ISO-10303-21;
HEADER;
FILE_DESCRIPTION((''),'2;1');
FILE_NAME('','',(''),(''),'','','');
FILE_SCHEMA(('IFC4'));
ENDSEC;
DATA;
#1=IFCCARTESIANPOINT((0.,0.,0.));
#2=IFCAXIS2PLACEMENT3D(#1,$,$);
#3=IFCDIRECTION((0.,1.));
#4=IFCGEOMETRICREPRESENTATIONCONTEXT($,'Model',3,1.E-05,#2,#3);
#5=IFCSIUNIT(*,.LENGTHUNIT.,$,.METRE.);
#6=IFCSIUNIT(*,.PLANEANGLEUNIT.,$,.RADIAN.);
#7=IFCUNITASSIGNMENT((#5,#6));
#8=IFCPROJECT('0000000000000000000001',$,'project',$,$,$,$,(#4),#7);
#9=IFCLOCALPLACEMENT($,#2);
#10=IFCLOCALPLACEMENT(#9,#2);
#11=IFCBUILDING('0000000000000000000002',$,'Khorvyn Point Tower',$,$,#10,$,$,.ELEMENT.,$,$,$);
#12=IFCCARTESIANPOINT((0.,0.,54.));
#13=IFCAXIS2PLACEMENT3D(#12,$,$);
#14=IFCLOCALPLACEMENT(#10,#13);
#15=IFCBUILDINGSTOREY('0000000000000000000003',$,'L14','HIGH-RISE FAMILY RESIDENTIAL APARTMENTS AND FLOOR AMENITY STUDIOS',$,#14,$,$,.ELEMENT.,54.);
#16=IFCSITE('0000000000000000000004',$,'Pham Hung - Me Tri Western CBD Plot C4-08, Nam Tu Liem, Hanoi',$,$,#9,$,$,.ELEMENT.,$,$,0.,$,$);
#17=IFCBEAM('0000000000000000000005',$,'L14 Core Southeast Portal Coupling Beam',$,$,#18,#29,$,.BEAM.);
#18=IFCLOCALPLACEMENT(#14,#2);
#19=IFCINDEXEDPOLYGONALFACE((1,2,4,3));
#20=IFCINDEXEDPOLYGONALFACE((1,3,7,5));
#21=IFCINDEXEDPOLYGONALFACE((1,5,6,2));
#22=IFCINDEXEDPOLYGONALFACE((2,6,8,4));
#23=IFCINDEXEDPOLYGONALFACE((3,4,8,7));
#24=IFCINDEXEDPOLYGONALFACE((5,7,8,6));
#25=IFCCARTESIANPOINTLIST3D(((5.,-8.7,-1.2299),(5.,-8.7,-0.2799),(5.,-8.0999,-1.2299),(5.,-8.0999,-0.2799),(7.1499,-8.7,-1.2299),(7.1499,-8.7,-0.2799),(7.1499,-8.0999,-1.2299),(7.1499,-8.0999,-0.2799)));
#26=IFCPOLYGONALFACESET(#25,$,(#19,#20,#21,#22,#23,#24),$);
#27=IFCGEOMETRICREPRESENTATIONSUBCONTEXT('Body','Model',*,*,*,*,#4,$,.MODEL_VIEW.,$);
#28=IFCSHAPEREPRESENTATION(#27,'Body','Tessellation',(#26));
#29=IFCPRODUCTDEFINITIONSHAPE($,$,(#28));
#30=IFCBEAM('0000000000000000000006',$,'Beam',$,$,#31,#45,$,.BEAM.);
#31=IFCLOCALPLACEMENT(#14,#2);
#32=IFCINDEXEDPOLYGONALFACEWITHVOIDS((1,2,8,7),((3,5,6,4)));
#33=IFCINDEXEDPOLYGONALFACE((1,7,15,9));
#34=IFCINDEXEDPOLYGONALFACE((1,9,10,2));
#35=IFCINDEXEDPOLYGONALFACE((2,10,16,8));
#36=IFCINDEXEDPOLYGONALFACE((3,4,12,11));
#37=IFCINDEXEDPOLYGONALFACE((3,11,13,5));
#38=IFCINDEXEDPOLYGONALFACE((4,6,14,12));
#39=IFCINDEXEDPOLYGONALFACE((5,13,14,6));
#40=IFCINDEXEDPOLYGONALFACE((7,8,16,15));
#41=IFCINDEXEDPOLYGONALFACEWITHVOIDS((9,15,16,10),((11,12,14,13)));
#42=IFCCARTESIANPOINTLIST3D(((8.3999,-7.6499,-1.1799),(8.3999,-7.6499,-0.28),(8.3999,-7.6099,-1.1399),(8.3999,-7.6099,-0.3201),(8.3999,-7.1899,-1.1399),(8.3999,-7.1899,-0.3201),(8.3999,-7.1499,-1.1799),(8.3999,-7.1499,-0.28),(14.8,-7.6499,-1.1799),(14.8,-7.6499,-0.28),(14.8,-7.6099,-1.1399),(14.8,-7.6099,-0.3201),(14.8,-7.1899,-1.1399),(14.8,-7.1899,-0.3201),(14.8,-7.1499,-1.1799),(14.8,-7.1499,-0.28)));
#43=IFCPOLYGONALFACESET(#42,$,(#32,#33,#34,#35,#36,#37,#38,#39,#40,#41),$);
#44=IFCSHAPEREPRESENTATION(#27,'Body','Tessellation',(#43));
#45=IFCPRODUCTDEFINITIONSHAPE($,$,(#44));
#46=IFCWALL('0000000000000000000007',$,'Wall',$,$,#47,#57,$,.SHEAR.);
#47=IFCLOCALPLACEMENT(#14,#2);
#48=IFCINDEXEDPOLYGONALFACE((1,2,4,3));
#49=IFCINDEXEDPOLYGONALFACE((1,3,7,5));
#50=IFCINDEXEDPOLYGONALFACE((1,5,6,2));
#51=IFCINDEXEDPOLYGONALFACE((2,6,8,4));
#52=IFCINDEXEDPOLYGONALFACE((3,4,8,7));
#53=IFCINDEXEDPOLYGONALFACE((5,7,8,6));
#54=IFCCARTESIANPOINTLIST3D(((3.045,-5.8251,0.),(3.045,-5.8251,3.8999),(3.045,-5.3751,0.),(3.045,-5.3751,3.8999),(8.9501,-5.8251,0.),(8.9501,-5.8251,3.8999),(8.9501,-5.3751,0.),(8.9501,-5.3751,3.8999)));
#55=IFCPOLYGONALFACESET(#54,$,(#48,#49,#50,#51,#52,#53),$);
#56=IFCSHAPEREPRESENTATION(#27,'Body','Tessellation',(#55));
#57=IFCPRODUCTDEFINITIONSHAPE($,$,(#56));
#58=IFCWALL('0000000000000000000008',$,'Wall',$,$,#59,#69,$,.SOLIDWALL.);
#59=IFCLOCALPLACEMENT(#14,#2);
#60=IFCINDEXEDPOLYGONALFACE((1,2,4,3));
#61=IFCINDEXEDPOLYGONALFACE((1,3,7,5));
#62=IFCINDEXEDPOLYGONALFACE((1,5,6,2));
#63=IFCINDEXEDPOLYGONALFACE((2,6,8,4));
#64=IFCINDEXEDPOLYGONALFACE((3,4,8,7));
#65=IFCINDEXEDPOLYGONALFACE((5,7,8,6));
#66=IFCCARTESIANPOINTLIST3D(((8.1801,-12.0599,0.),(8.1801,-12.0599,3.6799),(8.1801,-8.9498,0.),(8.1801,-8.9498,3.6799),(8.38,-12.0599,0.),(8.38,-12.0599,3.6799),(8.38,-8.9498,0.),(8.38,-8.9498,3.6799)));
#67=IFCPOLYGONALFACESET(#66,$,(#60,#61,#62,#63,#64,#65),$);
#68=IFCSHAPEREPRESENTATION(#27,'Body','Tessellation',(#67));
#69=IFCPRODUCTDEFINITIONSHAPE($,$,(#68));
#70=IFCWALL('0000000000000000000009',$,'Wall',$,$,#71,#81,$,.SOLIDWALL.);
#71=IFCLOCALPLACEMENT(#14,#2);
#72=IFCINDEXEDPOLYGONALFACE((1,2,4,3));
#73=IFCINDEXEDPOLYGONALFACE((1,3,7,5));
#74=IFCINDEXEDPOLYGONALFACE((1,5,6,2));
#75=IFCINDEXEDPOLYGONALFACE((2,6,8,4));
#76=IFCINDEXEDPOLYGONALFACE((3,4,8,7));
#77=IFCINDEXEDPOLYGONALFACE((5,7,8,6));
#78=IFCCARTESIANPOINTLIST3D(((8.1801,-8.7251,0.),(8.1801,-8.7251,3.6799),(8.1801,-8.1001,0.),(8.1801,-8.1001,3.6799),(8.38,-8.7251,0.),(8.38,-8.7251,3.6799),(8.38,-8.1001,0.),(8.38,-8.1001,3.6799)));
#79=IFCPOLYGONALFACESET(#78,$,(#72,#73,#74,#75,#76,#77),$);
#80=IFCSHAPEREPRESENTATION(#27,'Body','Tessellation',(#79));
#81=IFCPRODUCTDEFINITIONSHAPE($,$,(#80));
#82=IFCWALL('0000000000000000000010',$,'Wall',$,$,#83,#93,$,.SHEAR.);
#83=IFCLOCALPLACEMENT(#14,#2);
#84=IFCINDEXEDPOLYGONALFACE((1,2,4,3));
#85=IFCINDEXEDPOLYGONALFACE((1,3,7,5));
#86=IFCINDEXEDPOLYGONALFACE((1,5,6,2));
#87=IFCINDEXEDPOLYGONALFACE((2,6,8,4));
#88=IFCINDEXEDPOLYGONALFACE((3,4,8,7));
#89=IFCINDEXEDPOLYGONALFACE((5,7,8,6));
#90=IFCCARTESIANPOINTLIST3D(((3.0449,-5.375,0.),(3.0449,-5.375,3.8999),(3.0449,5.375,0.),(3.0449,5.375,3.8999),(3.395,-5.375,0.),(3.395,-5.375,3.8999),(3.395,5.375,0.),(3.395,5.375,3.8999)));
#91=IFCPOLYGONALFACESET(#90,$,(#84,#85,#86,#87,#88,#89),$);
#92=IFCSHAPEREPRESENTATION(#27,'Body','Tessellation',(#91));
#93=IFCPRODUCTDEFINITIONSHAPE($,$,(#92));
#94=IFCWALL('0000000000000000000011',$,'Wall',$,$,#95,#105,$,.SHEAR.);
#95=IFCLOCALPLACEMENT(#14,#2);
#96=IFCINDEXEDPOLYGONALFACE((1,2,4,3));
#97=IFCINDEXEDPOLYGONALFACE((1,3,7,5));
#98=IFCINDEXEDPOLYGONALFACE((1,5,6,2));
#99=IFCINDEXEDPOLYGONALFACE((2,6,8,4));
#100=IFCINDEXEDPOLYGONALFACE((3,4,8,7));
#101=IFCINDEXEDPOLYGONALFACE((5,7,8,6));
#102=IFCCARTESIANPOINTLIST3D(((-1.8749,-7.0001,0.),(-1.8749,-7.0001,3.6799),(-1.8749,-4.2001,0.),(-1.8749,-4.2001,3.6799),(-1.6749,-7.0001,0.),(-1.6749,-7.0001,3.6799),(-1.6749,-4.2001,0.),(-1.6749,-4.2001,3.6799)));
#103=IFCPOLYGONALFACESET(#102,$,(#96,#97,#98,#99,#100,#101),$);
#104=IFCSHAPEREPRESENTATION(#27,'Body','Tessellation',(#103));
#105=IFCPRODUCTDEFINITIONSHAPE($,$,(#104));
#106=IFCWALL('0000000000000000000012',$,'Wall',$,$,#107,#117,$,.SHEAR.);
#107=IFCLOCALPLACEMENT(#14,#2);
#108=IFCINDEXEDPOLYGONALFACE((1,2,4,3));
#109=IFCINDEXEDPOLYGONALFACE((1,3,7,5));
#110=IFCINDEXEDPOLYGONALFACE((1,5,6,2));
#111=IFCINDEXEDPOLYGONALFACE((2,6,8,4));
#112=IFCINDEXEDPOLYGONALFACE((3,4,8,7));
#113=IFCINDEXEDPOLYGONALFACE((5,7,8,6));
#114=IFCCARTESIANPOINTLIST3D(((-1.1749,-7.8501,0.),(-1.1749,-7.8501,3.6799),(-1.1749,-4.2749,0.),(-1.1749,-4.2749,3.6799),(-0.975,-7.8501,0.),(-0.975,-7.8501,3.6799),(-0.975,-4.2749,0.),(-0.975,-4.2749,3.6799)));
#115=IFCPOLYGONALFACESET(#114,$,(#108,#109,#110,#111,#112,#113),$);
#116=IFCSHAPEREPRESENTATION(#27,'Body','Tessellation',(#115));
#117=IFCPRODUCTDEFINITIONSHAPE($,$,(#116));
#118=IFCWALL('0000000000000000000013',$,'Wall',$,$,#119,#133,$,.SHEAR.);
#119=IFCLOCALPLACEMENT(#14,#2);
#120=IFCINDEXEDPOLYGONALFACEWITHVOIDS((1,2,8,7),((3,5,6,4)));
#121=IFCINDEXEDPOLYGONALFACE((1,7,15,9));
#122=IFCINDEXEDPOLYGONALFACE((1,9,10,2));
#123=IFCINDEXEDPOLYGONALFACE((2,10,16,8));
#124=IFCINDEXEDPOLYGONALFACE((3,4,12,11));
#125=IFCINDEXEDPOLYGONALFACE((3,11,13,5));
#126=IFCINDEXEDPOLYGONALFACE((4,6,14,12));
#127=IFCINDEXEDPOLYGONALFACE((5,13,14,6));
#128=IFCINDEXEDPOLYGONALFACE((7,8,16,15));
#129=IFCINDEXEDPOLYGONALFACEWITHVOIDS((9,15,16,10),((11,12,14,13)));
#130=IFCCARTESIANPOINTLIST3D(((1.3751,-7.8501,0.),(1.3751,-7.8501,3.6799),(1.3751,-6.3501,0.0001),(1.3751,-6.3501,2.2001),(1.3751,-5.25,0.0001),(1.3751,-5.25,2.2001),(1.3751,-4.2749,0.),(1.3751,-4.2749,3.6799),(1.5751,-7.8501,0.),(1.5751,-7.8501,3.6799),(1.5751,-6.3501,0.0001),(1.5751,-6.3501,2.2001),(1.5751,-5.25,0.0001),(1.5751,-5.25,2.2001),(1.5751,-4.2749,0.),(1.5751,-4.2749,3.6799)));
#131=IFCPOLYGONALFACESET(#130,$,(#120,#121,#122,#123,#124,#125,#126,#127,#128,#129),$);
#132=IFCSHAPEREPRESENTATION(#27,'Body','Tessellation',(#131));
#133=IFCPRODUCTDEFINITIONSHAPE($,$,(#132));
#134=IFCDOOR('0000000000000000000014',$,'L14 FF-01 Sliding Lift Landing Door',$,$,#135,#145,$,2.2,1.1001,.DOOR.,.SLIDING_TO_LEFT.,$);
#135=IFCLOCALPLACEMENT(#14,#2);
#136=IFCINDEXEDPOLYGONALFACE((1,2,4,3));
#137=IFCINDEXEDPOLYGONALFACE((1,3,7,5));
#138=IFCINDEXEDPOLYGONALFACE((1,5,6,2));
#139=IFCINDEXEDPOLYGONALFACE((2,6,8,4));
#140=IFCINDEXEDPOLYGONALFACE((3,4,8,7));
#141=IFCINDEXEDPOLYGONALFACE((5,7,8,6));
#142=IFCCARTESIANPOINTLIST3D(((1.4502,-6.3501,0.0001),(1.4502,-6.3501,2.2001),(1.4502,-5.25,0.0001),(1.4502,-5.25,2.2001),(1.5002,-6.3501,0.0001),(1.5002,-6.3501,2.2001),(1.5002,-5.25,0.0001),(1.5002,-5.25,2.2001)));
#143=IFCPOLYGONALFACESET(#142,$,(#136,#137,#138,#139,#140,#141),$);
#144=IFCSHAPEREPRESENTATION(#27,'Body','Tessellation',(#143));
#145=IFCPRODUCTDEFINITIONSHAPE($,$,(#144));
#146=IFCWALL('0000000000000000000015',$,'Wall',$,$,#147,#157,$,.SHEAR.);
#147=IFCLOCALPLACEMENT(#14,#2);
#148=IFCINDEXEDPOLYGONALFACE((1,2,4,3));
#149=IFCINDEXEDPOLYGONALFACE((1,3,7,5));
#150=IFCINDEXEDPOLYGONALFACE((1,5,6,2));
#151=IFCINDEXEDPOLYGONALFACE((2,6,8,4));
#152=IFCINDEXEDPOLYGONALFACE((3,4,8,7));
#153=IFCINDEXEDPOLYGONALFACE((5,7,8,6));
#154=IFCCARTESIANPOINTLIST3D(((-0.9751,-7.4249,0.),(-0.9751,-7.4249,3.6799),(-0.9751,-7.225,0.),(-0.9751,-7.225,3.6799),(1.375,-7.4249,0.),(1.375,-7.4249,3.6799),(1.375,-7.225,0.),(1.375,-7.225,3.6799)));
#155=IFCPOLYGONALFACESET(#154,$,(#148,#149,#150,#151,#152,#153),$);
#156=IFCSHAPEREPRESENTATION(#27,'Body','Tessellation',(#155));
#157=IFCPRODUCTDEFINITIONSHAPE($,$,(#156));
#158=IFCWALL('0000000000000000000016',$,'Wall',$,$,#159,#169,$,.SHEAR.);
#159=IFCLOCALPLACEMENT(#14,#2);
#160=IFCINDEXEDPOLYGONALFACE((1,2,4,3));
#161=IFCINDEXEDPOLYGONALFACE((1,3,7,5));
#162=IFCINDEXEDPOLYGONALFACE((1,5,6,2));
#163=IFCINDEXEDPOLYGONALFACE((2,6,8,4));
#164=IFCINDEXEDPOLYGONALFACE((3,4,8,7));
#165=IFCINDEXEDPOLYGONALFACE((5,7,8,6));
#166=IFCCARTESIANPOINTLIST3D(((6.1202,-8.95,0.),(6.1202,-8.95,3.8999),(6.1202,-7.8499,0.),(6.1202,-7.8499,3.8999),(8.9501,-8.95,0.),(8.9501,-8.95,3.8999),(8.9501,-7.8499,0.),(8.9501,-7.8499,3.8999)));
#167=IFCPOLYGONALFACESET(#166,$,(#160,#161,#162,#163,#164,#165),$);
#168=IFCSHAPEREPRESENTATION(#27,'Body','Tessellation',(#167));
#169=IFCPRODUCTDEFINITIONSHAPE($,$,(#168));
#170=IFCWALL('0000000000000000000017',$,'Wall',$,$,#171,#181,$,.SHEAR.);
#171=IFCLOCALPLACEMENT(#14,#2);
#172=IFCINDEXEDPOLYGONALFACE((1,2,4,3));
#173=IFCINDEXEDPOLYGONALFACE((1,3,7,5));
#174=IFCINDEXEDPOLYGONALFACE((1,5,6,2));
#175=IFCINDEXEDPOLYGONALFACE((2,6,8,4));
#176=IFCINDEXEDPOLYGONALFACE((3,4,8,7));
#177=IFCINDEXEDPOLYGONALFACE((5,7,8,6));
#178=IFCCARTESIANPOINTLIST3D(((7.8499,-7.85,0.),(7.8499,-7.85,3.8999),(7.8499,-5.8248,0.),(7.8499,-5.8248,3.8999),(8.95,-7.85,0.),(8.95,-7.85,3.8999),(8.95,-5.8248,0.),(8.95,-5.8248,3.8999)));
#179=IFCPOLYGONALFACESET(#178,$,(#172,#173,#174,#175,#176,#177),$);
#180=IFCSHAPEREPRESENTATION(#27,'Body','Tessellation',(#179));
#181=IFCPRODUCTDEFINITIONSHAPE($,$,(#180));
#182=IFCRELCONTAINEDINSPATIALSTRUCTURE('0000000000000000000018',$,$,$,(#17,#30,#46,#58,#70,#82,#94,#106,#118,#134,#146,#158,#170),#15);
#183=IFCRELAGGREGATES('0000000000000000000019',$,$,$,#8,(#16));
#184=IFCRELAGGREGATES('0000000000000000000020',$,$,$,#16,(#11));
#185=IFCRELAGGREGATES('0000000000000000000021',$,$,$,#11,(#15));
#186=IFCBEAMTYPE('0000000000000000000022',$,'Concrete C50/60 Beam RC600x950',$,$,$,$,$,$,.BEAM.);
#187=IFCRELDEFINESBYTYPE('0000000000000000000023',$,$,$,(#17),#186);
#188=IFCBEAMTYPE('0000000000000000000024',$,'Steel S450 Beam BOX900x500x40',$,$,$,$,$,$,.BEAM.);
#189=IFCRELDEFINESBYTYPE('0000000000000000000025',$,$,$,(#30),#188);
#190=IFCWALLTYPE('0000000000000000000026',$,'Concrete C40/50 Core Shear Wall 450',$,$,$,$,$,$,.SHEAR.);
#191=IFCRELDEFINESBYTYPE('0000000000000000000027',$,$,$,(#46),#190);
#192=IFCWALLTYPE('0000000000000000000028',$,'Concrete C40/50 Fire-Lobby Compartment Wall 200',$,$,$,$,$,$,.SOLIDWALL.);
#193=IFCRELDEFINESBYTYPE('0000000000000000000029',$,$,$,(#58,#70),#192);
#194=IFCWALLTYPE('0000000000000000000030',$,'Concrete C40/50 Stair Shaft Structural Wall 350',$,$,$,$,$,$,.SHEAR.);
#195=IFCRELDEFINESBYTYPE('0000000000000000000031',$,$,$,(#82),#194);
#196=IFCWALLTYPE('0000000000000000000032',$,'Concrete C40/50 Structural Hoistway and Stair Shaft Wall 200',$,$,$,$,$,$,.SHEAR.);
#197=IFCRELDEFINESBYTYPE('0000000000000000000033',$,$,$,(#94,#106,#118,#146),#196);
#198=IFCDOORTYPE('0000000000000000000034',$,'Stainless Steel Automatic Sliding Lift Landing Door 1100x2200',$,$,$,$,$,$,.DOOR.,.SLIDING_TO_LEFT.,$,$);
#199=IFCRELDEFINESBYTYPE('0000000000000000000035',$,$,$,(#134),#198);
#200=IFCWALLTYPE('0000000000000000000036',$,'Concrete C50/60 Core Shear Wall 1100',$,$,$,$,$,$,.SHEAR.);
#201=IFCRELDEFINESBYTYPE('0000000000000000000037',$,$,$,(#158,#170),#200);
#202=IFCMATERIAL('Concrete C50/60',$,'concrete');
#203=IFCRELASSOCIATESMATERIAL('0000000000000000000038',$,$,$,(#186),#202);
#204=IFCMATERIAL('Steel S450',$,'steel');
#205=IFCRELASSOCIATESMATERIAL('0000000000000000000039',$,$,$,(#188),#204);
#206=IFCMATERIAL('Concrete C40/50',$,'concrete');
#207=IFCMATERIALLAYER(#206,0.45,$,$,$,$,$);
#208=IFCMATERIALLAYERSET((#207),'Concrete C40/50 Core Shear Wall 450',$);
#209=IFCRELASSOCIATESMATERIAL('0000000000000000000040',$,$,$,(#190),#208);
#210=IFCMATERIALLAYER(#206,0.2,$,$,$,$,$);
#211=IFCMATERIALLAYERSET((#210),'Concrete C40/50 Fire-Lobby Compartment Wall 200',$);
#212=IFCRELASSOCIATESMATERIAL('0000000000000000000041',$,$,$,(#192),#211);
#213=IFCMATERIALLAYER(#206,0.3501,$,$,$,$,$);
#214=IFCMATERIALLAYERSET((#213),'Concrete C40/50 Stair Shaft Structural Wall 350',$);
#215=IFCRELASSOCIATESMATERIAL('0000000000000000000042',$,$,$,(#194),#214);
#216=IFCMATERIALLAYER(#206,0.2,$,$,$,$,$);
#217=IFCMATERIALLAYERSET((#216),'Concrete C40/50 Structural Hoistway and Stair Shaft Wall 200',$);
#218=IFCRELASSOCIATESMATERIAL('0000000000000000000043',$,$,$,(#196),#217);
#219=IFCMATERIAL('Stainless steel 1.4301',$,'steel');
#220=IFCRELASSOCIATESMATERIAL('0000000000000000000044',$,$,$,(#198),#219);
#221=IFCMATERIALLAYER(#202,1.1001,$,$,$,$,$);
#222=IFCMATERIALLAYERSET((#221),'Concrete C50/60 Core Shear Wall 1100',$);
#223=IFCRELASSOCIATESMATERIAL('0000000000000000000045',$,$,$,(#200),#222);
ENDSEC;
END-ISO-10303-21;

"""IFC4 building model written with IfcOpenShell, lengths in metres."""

from ifc_helpers import new_model, si_unit, direction, frame, frame_2d, origin, origin_2d, place, context, subcontext, project, spatial, rectangle, hollow_rectangle, extrude, material, layer, layer_set, material_profile, profile_set, type_object, element, fill, save


model = new_model("IFC4")

# Units and contexts
model_context = context("Model", 3, precision=1e-05, world=origin(), true_north=direction((0.0, 1.0)))
body_context = subcontext(model_context, "Body", "Model", "MODEL_VIEW")
ifc_project = project(units=[si_unit("LENGTHUNIT", "METRE"), si_unit("PLANEANGLEUNIT", "RADIAN")], contexts=[model_context])

# Site, building, storey
site_placement = place(None, origin())
site = spatial("IfcSite", under=ifc_project, at=site_placement, Name="Pham Hung - Me Tri Western CBD Plot C4-08, Nam Tu Liem, Hanoi", CompositionType="ELEMENT", RefElevation=0.0)
building_placement = place(site_placement, origin())
building = spatial("IfcBuilding", under=site, at=building_placement, Name="Khorvyn Point Tower", CompositionType="ELEMENT")
storey_placement = place(building_placement, frame((0.0, 0.0, 54.0)))
storey = spatial("IfcBuildingStorey", under=building, at=storey_placement, Name="L14", Description="HIGH-RISE FAMILY RESIDENTIAL APARTMENTS AND FLOOR AMENITY STUDIOS", CompositionType="ELEMENT", Elevation=54.0)

# Beams
ifc_material_1 = material(Name="Concrete C50/60", Category="concrete")
ifc_material_profile_1 = material_profile(ifc_material_1, rectangle(XDim=0.6001, YDim=0.95, at=origin_2d()))
ifc_profile_set_1 = profile_set([ifc_material_profile_1], Name="Concrete C50/60 RC600x950")
beam_type_1 = type_object("IfcBeamType", Name="Concrete C50/60 Beam RC600x950", PredefinedType="BEAM", material=ifc_profile_set_1)
beam_1_placement = place(storey_placement, frame((5.0, -8.3999, -0.7549), z_axis=(1.0, 0.0, 0.0), x_axis=(0.0, 1.0, 0.0)))
element("IfcBeam", 1, at=beam_1_placement, inside=storey, type_object=beam_type_1, Name="L14 Core Southeast Portal Coupling Beam", PredefinedType="BEAM", context=body_context, shape_type="SweptSolid", body=[
    extrude(rectangle(XDim=0.6001, YDim=0.95, at=origin_2d()), origin(), (0.0, 0.0, 1.0), 2.1499),
])
ifc_material_2 = material(Name="Steel S450", Category="steel")
ifc_material_profile_2 = material_profile(ifc_material_2, hollow_rectangle(XDim=0.5, YDim=0.8999, WallThickness=0.04, at=origin_2d()))
ifc_profile_set_2 = profile_set([ifc_material_profile_2], Name="Steel S450 BOX900x500x40")
beam_type_2 = type_object("IfcBeamType", Name="Steel S450 Beam BOX900x500x40", PredefinedType="BEAM", material=ifc_profile_set_2)
beam_2_placement = place(storey_placement, frame((8.3999, -7.3999, -0.73), z_axis=(1.0, 0.0, 0.0), x_axis=(0.0, 1.0, 0.0)))
element("IfcBeam", 2, at=beam_2_placement, inside=storey, type_object=beam_type_2, Name="Beam", PredefinedType="BEAM", context=body_context, shape_type="SweptSolid", body=[
    extrude(hollow_rectangle(XDim=0.5, YDim=0.8999, WallThickness=0.04, at=origin_2d()), origin(), (0.0, 0.0, 1.0), 6.4001),
])

# Wall
ifc_material_3 = material(Name="Concrete C40/50", Category="concrete")
ifc_layer_1 = layer(ifc_material_3, 0.45)
ifc_layer_set_1 = layer_set([ifc_layer_1], Name="Concrete C40/50 Core Shear Wall 450")
wall_type_1 = type_object("IfcWallType", Name="Concrete C40/50 Core Shear Wall 450", PredefinedType="SHEAR", material=ifc_layer_set_1)
wall_1_placement = place(storey_placement, frame((3.0449, -5.6001, 0.0), z_axis=(0.0, 0.0, 1.0), x_axis=(1.0, 0.0, 0.0)))
element("IfcWall", 3, at=wall_1_placement, inside=storey, type_object=wall_type_1, Name="Wall", PredefinedType="SHEAR", context=body_context, shape_type="SweptSolid", body=[
    extrude(rectangle(XDim=5.905, YDim=0.45, at=frame_2d((2.9526, 0.0))), origin(), (0.0, 0.0, 1.0), 3.8999),
])

# Shared definitions
ifc_layer_2 = layer(ifc_material_3, 0.2)
ifc_layer_set_2 = layer_set([ifc_layer_2], Name="Concrete C40/50 Fire-Lobby Compartment Wall 200")
wall_type_2 = type_object("IfcWallType", Name="Concrete C40/50 Fire-Lobby Compartment Wall 200", PredefinedType="SOLIDWALL", material=ifc_layer_set_2)

# Walls
wall_2_placement = place(storey_placement, frame((8.28, -12.0601, 0.0), z_axis=(0.0, 0.0, 1.0), x_axis=(0.0, 1.0, 0.0)))
element("IfcWall", 4, at=wall_2_placement, inside=storey, type_object=wall_type_2, Name="Wall", PredefinedType="SOLIDWALL", context=body_context, shape_type="SweptSolid", body=[
    extrude(rectangle(XDim=3.1101, YDim=0.2, at=frame_2d((1.5552, 0.0))), origin(), (0.0, 0.0, 1.0), 3.6799),
])
wall_3_placement = place(storey_placement, frame((8.28, -8.7251, 0.0), z_axis=(0.0, 0.0, 1.0), x_axis=(0.0, 1.0, 0.0)))
element("IfcWall", 5, at=wall_3_placement, inside=storey, type_object=wall_type_2, Name="Wall", PredefinedType="SOLIDWALL", context=body_context, shape_type="SweptSolid", body=[
    extrude(rectangle(XDim=0.625, YDim=0.2, at=frame_2d((0.3125, 0.0))), origin(), (0.0, 0.0, 1.0), 3.6799),
])
ifc_layer_3 = layer(ifc_material_3, 0.3501)
ifc_layer_set_3 = layer_set([ifc_layer_3], Name="Concrete C40/50 Stair Shaft Structural Wall 350")
wall_type_3 = type_object("IfcWallType", Name="Concrete C40/50 Stair Shaft Structural Wall 350", PredefinedType="SHEAR", material=ifc_layer_set_3)
wall_4_placement = place(storey_placement, frame((3.22, -5.375, 0.0), z_axis=(0.0, 0.0, 1.0), x_axis=(0.0, 1.0, 0.0)))
element("IfcWall", 6, at=wall_4_placement, inside=storey, type_object=wall_type_3, Name="Wall", PredefinedType="SHEAR", context=body_context, shape_type="SweptSolid", body=[
    extrude(rectangle(XDim=10.75, YDim=0.3501, at=frame_2d((5.375, 0.0))), origin(), (0.0, 0.0, 1.0), 3.8999),
])

# Walls
ifc_layer_4 = layer(ifc_material_3, 0.2)
ifc_layer_set_4 = layer_set([ifc_layer_4], Name="Concrete C40/50 Structural Hoistway and Stair Shaft Wall 200")
wall_type_4 = type_object("IfcWallType", Name="Concrete C40/50 Structural Hoistway and Stair Shaft Wall 200", PredefinedType="SHEAR", material=ifc_layer_set_4)
wall_5_placement = place(storey_placement, frame((-1.7749, -7.0, 0.0), z_axis=(0.0, 0.0, 1.0), x_axis=(0.0, 1.0, 0.0)))
element("IfcWall", 7, at=wall_5_placement, inside=storey, type_object=wall_type_4, Name="Wall", PredefinedType="SHEAR", context=body_context, shape_type="SweptSolid", body=[
    extrude(rectangle(XDim=2.8, YDim=0.2, at=frame_2d((1.3999, 0.0))), origin(), (0.0, 0.0, 1.0), 3.6799),
])
wall_6_placement = place(storey_placement, frame((-1.075, -7.8501, 0.0), z_axis=(0.0, 0.0, 1.0), x_axis=(0.0, 1.0, 0.0)))
element("IfcWall", 8, at=wall_6_placement, inside=storey, type_object=wall_type_4, Name="Wall", PredefinedType="SHEAR", context=body_context, shape_type="SweptSolid", body=[
    extrude(rectangle(XDim=3.5752, YDim=0.2, at=frame_2d((1.7876, 0.0))), origin(), (0.0, 0.0, 1.0), 3.6799),
])

# Wall, opening, door
wall_7_placement = place(storey_placement, frame((1.4751, -7.8501, 0.0), z_axis=(0.0, 0.0, 1.0), x_axis=(0.0, 1.0, 0.0)))
wall_7 = element("IfcWall", 9, at=wall_7_placement, inside=storey, type_object=wall_type_4, Name="Wall", PredefinedType="SHEAR", context=body_context, shape_type="SweptSolid", body=[
    extrude(rectangle(XDim=3.5752, YDim=0.2, at=frame_2d((1.7876, 0.0))), origin(), (0.0, 0.0, 1.0), 3.6799),
])
opening_1_placement = place(wall_7_placement, frame((1.5, 0.0, 0.0)))
opening_1 = element("IfcOpeningElement", 10, at=opening_1_placement, cuts=wall_7, PredefinedType="OPENING", context=body_context, shape_type="SweptSolid", body=[
    extrude(rectangle(XDim=1.1001, YDim=2.2, at=frame_2d((0.55, 1.1001))), frame((0.0, 0.1099, 0.0), z_axis=(0.0, -1.0, 0.0), x_axis=(1.0, 0.0, 0.0)), (0.0, 0.0, 1.0), 0.22),
])
ifc_material_4 = material(Name="Stainless steel 1.4301", Category="steel")
door_type_1 = type_object("IfcDoorType", Name="Stainless Steel Automatic Sliding Lift Landing Door 1100x2200", OperationType="SLIDING_TO_LEFT", PredefinedType="DOOR", material=ifc_material_4)
door_1_placement = place(opening_1_placement, origin())
door_1 = element("IfcDoor", 11, at=door_1_placement, inside=storey, type_object=door_type_1, Name="L14 FF-01 Sliding Lift Landing Door", OperationType="SLIDING_TO_LEFT", OverallHeight=2.2, OverallWidth=1.1001, PredefinedType="DOOR", context=body_context, shape_type="SweptSolid", body=[
    extrude(rectangle(XDim=1.1001, YDim=2.2, at=frame_2d((0.55, 1.1001))), frame((0.0, 0.0249, 0.0), z_axis=(0.0, -1.0, 0.0), x_axis=(1.0, 0.0, 0.0)), (0.0, 0.0, 1.0), 0.05),
])
fill(opening_1, door_1)

# Walls
wall_8_placement = place(storey_placement, frame((-0.9751, -7.325, 0.0), z_axis=(0.0, 0.0, 1.0), x_axis=(1.0, 0.0, 0.0)))
element("IfcWall", 12, at=wall_8_placement, inside=storey, type_object=wall_type_4, Name="Wall", PredefinedType="SHEAR", context=body_context, shape_type="SweptSolid", body=[
    extrude(rectangle(XDim=2.3501, YDim=0.2, at=frame_2d((1.175, 0.0))), origin(), (0.0, 0.0, 1.0), 3.6799),
])
ifc_layer_5 = layer(ifc_material_1, 1.1001)
ifc_layer_set_5 = layer_set([ifc_layer_5], Name="Concrete C50/60 Core Shear Wall 1100")
wall_type_5 = type_object("IfcWallType", Name="Concrete C50/60 Core Shear Wall 1100", PredefinedType="SHEAR", material=ifc_layer_set_5)
wall_9_placement = place(storey_placement, frame((6.1201, -8.3999, 0.0), z_axis=(0.0, 0.0, 1.0), x_axis=(1.0, 0.0, 0.0)))
element("IfcWall", 13, at=wall_9_placement, inside=storey, type_object=wall_type_5, Name="Wall", PredefinedType="SHEAR", context=body_context, shape_type="SweptSolid", body=[
    extrude(rectangle(XDim=2.8298, YDim=1.1001, at=frame_2d((1.415, 0.0))), origin(), (0.0, 0.0, 1.0), 3.8999),
])
wall_10_placement = place(storey_placement, frame((8.3999, -7.8501, 0.0), z_axis=(0.0, 0.0, 1.0), x_axis=(0.0, 1.0, 0.0)))
element("IfcWall", 14, at=wall_10_placement, inside=storey, type_object=wall_type_5, Name="Wall", PredefinedType="SHEAR", context=body_context, shape_type="SweptSolid", body=[
    extrude(rectangle(XDim=2.0251, YDim=1.1001, at=frame_2d((1.0127, 0.0))), origin(), (0.0, 0.0, 1.0), 3.8999),
])

save(model, "model.ifc")
